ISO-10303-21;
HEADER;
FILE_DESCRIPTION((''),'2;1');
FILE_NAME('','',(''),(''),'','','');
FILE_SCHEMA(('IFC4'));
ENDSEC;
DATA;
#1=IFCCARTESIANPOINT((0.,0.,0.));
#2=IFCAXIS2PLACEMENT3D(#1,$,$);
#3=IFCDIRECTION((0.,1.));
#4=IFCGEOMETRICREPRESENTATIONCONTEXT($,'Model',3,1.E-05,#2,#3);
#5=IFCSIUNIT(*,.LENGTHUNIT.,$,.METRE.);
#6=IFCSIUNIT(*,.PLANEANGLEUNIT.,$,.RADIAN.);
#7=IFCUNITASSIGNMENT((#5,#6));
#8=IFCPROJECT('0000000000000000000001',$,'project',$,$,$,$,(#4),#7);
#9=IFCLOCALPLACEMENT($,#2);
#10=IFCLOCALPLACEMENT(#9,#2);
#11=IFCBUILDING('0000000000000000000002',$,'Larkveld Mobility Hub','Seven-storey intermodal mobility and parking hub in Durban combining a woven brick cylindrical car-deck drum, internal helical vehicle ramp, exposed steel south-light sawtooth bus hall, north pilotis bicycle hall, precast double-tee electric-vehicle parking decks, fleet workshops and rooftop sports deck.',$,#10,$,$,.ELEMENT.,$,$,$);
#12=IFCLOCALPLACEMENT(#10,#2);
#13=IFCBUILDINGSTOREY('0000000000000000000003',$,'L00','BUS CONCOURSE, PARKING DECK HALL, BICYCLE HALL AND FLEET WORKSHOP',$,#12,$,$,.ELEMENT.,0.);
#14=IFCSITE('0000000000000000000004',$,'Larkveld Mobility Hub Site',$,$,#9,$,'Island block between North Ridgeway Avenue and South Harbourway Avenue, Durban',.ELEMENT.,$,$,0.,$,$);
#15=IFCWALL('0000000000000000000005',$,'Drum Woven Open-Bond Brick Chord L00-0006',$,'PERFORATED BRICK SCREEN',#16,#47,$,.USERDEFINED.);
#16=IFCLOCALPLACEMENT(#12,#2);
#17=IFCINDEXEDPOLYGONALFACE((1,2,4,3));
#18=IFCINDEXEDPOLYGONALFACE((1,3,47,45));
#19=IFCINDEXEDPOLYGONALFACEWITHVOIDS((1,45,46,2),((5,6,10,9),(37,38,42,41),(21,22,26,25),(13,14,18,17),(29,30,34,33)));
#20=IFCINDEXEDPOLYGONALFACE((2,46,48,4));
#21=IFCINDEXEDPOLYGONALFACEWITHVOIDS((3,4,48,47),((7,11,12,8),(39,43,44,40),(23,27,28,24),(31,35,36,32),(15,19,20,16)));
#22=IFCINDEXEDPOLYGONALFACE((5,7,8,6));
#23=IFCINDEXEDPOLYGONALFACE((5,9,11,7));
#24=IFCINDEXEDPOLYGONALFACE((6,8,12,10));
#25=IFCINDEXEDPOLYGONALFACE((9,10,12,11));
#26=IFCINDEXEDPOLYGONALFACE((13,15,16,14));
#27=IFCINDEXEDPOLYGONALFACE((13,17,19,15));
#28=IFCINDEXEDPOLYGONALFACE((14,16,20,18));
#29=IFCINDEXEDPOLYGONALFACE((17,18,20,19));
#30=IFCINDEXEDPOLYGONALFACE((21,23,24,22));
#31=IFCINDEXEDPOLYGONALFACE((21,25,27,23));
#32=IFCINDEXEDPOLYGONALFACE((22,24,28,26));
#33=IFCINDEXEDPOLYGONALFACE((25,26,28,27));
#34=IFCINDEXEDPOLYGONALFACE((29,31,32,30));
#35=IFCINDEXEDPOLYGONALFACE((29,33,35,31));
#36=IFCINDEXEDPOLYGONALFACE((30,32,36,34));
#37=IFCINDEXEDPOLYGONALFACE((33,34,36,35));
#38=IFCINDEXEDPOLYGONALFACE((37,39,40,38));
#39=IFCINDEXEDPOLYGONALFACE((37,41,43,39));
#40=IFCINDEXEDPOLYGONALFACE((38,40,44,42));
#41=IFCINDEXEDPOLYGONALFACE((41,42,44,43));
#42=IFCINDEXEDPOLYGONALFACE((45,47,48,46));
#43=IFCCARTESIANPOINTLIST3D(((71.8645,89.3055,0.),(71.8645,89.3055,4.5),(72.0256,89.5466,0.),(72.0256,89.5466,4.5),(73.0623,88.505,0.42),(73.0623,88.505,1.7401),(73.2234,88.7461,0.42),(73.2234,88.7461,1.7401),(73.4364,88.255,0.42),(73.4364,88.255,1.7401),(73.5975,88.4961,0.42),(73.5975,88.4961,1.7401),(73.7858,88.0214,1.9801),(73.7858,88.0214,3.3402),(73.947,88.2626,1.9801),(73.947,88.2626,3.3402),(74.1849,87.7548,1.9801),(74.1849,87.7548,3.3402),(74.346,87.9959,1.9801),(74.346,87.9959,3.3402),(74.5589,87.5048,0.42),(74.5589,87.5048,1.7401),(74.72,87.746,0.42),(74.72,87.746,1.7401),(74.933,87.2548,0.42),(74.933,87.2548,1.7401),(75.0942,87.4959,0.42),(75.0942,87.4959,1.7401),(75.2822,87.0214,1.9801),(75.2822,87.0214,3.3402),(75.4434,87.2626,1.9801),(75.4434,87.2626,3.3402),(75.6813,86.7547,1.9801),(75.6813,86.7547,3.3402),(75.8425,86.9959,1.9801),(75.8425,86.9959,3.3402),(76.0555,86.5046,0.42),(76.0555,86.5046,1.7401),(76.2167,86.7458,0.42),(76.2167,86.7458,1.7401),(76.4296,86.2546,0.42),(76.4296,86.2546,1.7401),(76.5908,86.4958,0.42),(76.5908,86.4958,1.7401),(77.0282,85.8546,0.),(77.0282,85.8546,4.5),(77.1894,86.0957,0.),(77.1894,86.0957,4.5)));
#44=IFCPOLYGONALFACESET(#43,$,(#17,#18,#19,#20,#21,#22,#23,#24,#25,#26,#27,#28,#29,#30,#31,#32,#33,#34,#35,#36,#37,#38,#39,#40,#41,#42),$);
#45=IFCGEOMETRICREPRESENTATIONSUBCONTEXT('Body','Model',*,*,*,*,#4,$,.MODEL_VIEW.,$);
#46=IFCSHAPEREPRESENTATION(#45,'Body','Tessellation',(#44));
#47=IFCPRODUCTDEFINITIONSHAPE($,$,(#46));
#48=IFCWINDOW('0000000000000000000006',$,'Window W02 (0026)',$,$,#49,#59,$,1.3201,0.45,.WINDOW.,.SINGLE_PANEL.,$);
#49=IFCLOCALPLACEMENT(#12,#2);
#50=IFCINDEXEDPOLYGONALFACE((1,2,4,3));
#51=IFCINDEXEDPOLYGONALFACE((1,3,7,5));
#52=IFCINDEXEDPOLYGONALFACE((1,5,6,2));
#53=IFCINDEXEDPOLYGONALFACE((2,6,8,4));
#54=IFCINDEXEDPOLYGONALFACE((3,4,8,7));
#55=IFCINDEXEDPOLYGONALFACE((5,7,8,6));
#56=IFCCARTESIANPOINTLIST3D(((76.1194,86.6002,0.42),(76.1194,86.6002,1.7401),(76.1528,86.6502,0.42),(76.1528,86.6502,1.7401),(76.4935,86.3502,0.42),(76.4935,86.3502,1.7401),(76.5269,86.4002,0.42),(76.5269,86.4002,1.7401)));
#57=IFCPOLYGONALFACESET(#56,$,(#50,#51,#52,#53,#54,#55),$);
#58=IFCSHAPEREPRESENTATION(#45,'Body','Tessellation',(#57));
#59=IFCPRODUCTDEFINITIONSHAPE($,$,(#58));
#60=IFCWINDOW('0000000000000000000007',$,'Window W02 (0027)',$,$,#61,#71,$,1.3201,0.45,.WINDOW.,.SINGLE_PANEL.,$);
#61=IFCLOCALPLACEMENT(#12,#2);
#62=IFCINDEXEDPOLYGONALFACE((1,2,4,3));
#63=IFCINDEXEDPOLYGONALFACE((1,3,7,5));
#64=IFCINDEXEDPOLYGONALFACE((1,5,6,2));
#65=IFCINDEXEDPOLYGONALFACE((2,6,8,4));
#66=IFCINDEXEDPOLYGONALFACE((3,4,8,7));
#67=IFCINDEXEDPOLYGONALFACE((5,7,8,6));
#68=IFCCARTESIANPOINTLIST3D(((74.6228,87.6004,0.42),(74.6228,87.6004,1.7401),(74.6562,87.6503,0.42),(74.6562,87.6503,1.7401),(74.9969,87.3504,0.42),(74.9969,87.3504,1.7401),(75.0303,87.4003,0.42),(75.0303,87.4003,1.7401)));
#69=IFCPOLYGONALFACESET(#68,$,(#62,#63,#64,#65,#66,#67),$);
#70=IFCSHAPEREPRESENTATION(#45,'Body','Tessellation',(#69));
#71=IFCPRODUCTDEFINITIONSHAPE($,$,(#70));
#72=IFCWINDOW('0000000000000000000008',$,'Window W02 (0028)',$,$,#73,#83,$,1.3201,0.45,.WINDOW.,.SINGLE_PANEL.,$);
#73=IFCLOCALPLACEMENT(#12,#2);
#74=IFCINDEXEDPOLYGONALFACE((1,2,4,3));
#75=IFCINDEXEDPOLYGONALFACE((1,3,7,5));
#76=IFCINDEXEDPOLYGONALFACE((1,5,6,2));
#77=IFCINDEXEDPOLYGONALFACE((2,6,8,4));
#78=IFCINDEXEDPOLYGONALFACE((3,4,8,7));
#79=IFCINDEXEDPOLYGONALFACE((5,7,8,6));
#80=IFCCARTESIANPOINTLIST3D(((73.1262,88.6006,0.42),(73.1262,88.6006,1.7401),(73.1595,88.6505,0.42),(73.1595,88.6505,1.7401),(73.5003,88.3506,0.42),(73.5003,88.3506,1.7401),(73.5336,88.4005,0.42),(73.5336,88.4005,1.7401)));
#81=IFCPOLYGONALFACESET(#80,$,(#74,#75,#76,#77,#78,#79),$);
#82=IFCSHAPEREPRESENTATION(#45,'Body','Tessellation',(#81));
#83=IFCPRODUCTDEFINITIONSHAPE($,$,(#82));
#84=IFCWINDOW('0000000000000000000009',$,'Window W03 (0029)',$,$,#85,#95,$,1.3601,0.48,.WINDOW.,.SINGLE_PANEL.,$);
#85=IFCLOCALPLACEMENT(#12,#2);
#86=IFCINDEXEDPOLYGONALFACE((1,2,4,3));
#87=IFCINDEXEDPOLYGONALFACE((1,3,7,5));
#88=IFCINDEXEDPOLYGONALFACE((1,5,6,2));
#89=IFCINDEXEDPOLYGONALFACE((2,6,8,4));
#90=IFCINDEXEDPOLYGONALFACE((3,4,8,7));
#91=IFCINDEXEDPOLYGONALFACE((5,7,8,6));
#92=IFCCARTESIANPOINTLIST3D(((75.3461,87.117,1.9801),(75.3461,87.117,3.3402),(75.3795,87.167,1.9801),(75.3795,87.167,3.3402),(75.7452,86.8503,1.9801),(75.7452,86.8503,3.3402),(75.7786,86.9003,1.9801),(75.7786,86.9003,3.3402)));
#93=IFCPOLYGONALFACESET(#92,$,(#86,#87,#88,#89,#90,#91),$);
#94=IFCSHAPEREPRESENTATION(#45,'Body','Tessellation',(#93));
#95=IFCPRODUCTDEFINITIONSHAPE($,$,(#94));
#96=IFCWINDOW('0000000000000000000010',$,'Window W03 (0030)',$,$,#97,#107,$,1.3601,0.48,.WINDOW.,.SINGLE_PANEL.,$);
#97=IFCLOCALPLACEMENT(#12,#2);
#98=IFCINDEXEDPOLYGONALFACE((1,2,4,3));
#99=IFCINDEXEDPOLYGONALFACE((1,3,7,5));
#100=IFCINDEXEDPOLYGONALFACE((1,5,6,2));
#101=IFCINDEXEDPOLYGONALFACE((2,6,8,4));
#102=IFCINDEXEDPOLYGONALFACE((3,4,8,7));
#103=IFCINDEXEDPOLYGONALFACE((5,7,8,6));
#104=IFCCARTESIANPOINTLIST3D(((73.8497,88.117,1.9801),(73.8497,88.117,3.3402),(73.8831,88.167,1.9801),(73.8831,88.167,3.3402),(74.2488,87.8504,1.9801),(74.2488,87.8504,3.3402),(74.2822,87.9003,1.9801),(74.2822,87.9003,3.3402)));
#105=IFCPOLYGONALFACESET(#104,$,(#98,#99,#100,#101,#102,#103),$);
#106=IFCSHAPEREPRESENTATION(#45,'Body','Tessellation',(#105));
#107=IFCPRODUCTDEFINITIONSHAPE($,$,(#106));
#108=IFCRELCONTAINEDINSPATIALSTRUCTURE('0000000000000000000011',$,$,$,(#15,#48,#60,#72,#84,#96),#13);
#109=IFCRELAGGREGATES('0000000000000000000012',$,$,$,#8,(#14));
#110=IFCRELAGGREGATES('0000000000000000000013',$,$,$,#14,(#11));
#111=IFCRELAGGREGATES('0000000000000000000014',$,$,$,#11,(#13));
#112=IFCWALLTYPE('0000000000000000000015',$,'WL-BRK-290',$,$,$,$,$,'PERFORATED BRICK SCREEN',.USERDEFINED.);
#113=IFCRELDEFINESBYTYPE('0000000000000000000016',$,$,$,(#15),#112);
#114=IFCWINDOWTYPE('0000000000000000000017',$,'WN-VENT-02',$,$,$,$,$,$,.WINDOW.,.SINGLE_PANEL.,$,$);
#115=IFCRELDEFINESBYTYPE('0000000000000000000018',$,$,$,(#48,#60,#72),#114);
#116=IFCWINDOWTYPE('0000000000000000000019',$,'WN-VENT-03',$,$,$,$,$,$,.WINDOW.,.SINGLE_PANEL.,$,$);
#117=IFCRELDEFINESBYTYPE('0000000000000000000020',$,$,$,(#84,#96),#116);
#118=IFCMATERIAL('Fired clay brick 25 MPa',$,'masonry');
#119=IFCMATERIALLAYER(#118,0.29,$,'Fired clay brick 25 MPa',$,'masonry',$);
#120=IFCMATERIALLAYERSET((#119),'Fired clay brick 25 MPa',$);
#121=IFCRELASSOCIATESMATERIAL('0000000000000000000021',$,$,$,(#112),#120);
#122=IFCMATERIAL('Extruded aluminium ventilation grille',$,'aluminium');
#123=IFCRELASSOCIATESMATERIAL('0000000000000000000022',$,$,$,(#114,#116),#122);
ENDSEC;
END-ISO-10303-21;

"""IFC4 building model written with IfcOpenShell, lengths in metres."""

from ifc_helpers import new_model, si_unit, direction, frame, frame_2d, origin, place, context, subcontext, project, spatial, rectangle, extrude, material, layer, layer_set, type_object, element, fill, save


model = new_model("IFC4")

# Units and contexts
model_context = context("Model", 3, precision=1e-05, world=origin(), true_north=direction((0.0, 1.0)))
body_context = subcontext(model_context, "Body", "Model", "MODEL_VIEW")
ifc_project = project(units=[si_unit("LENGTHUNIT", "METRE"), si_unit("PLANEANGLEUNIT", "RADIAN")], contexts=[model_context])

# Site, building, storey
site_placement = place(None, origin())
site = spatial("IfcSite", under=ifc_project, at=site_placement, Name="Larkveld Mobility Hub Site", LongName="Island block between North Ridgeway Avenue and South Harbourway Avenue, Durban", CompositionType="ELEMENT", RefElevation=0.0)
building_placement = place(site_placement, origin())
building = spatial("IfcBuilding", under=site, at=building_placement, Name="Larkveld Mobility Hub", Description="Seven-storey intermodal mobility and parking hub in Durban combining a woven brick cylindrical car-deck drum, internal helical vehicle ramp, exposed steel south-light sawtooth bus hall, north pilotis bicycle hall, precast double-tee electric-vehicle parking decks, fleet workshops and rooftop sports deck.", CompositionType="ELEMENT")
storey_placement = place(building_placement, origin())
storey = spatial("IfcBuildingStorey", under=building, at=storey_placement, Name="L00", Description="BUS CONCOURSE, PARKING DECK HALL, BICYCLE HALL AND FLEET WORKSHOP", CompositionType="ELEMENT", Elevation=0.0)

# Wall, openings, windows
ifc_material_1 = material(Name="Fired clay brick 25 MPa", Category="masonry")
ifc_layer_1 = layer(ifc_material_1, 0.29, Name="Fired clay brick 25 MPa", Category="masonry")
ifc_layer_set_1 = layer_set([ifc_layer_1], Name="Fired clay brick 25 MPa")
wall_type_1 = type_object("IfcWallType", Name="WL-BRK-290", ElementType="PERFORATED BRICK SCREEN", PredefinedType="USERDEFINED", material=ifc_layer_set_1)
wall_1_placement = place(storey_placement, frame((77.1089, 85.9751, 0.0), z_axis=(0.0, 0.0, 1.0), x_axis=(-0.831427, 0.555634, 0.0)))
wall_1 = element("IfcWall", 1, at=wall_1_placement, inside=storey, type_object=wall_type_1, Name="Drum Woven Open-Bond Brick Chord L00-0006", ObjectType="PERFORATED BRICK SCREEN", PredefinedType="USERDEFINED", context=body_context, shape_type="SweptSolid", body=[
    extrude(rectangle(XDim=6.2107, YDim=0.29, at=frame_2d((3.1055, 0.0))), origin(), (0.0, 0.0, 1.0), 4.5),
])
opening_1_placement = place(wall_1_placement, frame((0.72, 0.0, 0.4199)))
opening_1 = element("IfcOpeningElement", 2, at=opening_1_placement, cuts=wall_1, PredefinedType="OPENING", context=body_context, shape_type="SweptSolid", body=[
    extrude(rectangle(XDim=0.45, YDim=1.3201, at=frame_2d((0.2251, 0.6602))), frame((0.0, 0.155, 0.0), z_axis=(0.0, -1.0, 0.0), x_axis=(1.0, 0.0, 0.0)), (0.0, 0.0, 1.0), 0.3101),
])
opening_2_placement = place(wall_1_placement, frame((2.52, 0.0, 0.4199)))
opening_2 = element("IfcOpeningElement", 3, at=opening_2_placement, cuts=wall_1, PredefinedType="OPENING", context=body_context, shape_type="SweptSolid", body=[
    extrude(rectangle(XDim=0.45, YDim=1.3201, at=frame_2d((0.2251, 0.6602))), frame((0.0, 0.155, 0.0), z_axis=(0.0, -1.0, 0.0), x_axis=(1.0, 0.0, 0.0)), (0.0, 0.0, 1.0), 0.3101),
])
opening_3_placement = place(wall_1_placement, frame((4.3201, 0.0, 0.4199)))
opening_3 = element("IfcOpeningElement", 4, at=opening_3_placement, cuts=wall_1, PredefinedType="OPENING", context=body_context, shape_type="SweptSolid", body=[
    extrude(rectangle(XDim=0.45, YDim=1.3201, at=frame_2d((0.2251, 0.6602))), frame((0.0, 0.155, 0.0), z_axis=(0.0, -1.0, 0.0), x_axis=(1.0, 0.0, 0.0)), (0.0, 0.0, 1.0), 0.3101),
])
opening_4_placement = place(wall_1_placement, frame((1.6201, 0.0, 1.98)))
opening_4 = element("IfcOpeningElement", 5, at=opening_4_placement, cuts=wall_1, PredefinedType="OPENING", context=body_context, shape_type="SweptSolid", body=[
    extrude(rectangle(XDim=0.48, YDim=1.3601, at=frame_2d((0.24, 0.6802))), frame((0.0, 0.155, 0.0), z_axis=(0.0, -1.0, 0.0), x_axis=(1.0, 0.0, 0.0)), (0.0, 0.0, 1.0), 0.3101),
])
opening_5_placement = place(wall_1_placement, frame((3.4199, 0.0, 1.98)))
opening_5 = element("IfcOpeningElement", 6, at=opening_5_placement, cuts=wall_1, PredefinedType="OPENING", context=body_context, shape_type="SweptSolid", body=[
    extrude(rectangle(XDim=0.48, YDim=1.3601, at=frame_2d((0.24, 0.6802))), frame((0.0, 0.155, 0.0), z_axis=(0.0, -1.0, 0.0), x_axis=(1.0, 0.0, 0.0)), (0.0, 0.0, 1.0), 0.3101),
])
ifc_material_2 = material(Name="Extruded aluminium ventilation grille", Category="aluminium")
window_type_1 = type_object("IfcWindowType", Name="WN-VENT-02", PartitioningType="SINGLE_PANEL", PredefinedType="WINDOW", material=ifc_material_2)
window_1_placement = place(opening_1_placement, origin())
window_1 = element("IfcWindow", 7, at=window_1_placement, inside=storey, type_object=window_type_1, Name="Window W02 (0026)", OverallHeight=1.3201, OverallWidth=0.45, PartitioningType="SINGLE_PANEL", PredefinedType="WINDOW", context=body_context, shape_type="SweptSolid", body=[
    extrude(rectangle(XDim=0.45, YDim=1.3201, at=frame_2d((0.2251, 0.6602))), frame((0.0, 0.03, 0.0), z_axis=(0.0, -1.0, 0.0), x_axis=(1.0, 0.0, 0.0)), (0.0, 0.0, 1.0), 0.0601),
])
fill(opening_1, window_1)
window_2_placement = place(opening_2_placement, origin())
window_2 = element("IfcWindow", 8, at=window_2_placement, inside=storey, type_object=window_type_1, Name="Window W02 (0027)", OverallHeight=1.3201, OverallWidth=0.45, PartitioningType="SINGLE_PANEL", PredefinedType="WINDOW", context=body_context, shape_type="SweptSolid", body=[
    extrude(rectangle(XDim=0.45, YDim=1.3201, at=frame_2d((0.2251, 0.6602))), frame((0.0, 0.03, 0.0), z_axis=(0.0, -1.0, 0.0), x_axis=(1.0, 0.0, 0.0)), (0.0, 0.0, 1.0), 0.0601),
])
fill(opening_2, window_2)
window_3_placement = place(opening_3_placement, origin())
window_3 = element("IfcWindow", 9, at=window_3_placement, inside=storey, type_object=window_type_1, Name="Window W02 (0028)", OverallHeight=1.3201, OverallWidth=0.45, PartitioningType="SINGLE_PANEL", PredefinedType="WINDOW", context=body_context, shape_type="SweptSolid", body=[
    extrude(rectangle(XDim=0.45, YDim=1.3201, at=frame_2d((0.2251, 0.6602))), frame((0.0, 0.03, 0.0), z_axis=(0.0, -1.0, 0.0), x_axis=(1.0, 0.0, 0.0)), (0.0, 0.0, 1.0), 0.0601),
])
fill(opening_3, window_3)
window_type_2 = type_object("IfcWindowType", Name="WN-VENT-03", PartitioningType="SINGLE_PANEL", PredefinedType="WINDOW", material=ifc_material_2)
window_4_placement = place(opening_4_placement, origin())
window_4 = element("IfcWindow", 10, at=window_4_placement, inside=storey, type_object=window_type_2, Name="Window W03 (0029)", OverallHeight=1.3601, OverallWidth=0.48, PartitioningType="SINGLE_PANEL", PredefinedType="WINDOW", context=body_context, shape_type="SweptSolid", body=[
    extrude(rectangle(XDim=0.48, YDim=1.3601, at=frame_2d((0.24, 0.6802))), frame((0.0, 0.03, 0.0), z_axis=(0.0, -1.0, 0.0), x_axis=(1.0, 0.0, 0.0)), (0.0, 0.0, 1.0), 0.0601),
])
fill(opening_4, window_4)
window_5_placement = place(opening_5_placement, origin())
window_5 = element("IfcWindow", 11, at=window_5_placement, inside=storey, type_object=window_type_2, Name="Window W03 (0030)", OverallHeight=1.3601, OverallWidth=0.48, PartitioningType="SINGLE_PANEL", PredefinedType="WINDOW", context=body_context, shape_type="SweptSolid", body=[
    extrude(rectangle(XDim=0.48, YDim=1.3601, at=frame_2d((0.24, 0.6802))), frame((0.0, 0.03, 0.0), z_axis=(0.0, -1.0, 0.0), x_axis=(1.0, 0.0, 0.0)), (0.0, 0.0, 1.0), 0.0601),
])
fill(opening_5, window_5)

save(model, "model.ifc")
